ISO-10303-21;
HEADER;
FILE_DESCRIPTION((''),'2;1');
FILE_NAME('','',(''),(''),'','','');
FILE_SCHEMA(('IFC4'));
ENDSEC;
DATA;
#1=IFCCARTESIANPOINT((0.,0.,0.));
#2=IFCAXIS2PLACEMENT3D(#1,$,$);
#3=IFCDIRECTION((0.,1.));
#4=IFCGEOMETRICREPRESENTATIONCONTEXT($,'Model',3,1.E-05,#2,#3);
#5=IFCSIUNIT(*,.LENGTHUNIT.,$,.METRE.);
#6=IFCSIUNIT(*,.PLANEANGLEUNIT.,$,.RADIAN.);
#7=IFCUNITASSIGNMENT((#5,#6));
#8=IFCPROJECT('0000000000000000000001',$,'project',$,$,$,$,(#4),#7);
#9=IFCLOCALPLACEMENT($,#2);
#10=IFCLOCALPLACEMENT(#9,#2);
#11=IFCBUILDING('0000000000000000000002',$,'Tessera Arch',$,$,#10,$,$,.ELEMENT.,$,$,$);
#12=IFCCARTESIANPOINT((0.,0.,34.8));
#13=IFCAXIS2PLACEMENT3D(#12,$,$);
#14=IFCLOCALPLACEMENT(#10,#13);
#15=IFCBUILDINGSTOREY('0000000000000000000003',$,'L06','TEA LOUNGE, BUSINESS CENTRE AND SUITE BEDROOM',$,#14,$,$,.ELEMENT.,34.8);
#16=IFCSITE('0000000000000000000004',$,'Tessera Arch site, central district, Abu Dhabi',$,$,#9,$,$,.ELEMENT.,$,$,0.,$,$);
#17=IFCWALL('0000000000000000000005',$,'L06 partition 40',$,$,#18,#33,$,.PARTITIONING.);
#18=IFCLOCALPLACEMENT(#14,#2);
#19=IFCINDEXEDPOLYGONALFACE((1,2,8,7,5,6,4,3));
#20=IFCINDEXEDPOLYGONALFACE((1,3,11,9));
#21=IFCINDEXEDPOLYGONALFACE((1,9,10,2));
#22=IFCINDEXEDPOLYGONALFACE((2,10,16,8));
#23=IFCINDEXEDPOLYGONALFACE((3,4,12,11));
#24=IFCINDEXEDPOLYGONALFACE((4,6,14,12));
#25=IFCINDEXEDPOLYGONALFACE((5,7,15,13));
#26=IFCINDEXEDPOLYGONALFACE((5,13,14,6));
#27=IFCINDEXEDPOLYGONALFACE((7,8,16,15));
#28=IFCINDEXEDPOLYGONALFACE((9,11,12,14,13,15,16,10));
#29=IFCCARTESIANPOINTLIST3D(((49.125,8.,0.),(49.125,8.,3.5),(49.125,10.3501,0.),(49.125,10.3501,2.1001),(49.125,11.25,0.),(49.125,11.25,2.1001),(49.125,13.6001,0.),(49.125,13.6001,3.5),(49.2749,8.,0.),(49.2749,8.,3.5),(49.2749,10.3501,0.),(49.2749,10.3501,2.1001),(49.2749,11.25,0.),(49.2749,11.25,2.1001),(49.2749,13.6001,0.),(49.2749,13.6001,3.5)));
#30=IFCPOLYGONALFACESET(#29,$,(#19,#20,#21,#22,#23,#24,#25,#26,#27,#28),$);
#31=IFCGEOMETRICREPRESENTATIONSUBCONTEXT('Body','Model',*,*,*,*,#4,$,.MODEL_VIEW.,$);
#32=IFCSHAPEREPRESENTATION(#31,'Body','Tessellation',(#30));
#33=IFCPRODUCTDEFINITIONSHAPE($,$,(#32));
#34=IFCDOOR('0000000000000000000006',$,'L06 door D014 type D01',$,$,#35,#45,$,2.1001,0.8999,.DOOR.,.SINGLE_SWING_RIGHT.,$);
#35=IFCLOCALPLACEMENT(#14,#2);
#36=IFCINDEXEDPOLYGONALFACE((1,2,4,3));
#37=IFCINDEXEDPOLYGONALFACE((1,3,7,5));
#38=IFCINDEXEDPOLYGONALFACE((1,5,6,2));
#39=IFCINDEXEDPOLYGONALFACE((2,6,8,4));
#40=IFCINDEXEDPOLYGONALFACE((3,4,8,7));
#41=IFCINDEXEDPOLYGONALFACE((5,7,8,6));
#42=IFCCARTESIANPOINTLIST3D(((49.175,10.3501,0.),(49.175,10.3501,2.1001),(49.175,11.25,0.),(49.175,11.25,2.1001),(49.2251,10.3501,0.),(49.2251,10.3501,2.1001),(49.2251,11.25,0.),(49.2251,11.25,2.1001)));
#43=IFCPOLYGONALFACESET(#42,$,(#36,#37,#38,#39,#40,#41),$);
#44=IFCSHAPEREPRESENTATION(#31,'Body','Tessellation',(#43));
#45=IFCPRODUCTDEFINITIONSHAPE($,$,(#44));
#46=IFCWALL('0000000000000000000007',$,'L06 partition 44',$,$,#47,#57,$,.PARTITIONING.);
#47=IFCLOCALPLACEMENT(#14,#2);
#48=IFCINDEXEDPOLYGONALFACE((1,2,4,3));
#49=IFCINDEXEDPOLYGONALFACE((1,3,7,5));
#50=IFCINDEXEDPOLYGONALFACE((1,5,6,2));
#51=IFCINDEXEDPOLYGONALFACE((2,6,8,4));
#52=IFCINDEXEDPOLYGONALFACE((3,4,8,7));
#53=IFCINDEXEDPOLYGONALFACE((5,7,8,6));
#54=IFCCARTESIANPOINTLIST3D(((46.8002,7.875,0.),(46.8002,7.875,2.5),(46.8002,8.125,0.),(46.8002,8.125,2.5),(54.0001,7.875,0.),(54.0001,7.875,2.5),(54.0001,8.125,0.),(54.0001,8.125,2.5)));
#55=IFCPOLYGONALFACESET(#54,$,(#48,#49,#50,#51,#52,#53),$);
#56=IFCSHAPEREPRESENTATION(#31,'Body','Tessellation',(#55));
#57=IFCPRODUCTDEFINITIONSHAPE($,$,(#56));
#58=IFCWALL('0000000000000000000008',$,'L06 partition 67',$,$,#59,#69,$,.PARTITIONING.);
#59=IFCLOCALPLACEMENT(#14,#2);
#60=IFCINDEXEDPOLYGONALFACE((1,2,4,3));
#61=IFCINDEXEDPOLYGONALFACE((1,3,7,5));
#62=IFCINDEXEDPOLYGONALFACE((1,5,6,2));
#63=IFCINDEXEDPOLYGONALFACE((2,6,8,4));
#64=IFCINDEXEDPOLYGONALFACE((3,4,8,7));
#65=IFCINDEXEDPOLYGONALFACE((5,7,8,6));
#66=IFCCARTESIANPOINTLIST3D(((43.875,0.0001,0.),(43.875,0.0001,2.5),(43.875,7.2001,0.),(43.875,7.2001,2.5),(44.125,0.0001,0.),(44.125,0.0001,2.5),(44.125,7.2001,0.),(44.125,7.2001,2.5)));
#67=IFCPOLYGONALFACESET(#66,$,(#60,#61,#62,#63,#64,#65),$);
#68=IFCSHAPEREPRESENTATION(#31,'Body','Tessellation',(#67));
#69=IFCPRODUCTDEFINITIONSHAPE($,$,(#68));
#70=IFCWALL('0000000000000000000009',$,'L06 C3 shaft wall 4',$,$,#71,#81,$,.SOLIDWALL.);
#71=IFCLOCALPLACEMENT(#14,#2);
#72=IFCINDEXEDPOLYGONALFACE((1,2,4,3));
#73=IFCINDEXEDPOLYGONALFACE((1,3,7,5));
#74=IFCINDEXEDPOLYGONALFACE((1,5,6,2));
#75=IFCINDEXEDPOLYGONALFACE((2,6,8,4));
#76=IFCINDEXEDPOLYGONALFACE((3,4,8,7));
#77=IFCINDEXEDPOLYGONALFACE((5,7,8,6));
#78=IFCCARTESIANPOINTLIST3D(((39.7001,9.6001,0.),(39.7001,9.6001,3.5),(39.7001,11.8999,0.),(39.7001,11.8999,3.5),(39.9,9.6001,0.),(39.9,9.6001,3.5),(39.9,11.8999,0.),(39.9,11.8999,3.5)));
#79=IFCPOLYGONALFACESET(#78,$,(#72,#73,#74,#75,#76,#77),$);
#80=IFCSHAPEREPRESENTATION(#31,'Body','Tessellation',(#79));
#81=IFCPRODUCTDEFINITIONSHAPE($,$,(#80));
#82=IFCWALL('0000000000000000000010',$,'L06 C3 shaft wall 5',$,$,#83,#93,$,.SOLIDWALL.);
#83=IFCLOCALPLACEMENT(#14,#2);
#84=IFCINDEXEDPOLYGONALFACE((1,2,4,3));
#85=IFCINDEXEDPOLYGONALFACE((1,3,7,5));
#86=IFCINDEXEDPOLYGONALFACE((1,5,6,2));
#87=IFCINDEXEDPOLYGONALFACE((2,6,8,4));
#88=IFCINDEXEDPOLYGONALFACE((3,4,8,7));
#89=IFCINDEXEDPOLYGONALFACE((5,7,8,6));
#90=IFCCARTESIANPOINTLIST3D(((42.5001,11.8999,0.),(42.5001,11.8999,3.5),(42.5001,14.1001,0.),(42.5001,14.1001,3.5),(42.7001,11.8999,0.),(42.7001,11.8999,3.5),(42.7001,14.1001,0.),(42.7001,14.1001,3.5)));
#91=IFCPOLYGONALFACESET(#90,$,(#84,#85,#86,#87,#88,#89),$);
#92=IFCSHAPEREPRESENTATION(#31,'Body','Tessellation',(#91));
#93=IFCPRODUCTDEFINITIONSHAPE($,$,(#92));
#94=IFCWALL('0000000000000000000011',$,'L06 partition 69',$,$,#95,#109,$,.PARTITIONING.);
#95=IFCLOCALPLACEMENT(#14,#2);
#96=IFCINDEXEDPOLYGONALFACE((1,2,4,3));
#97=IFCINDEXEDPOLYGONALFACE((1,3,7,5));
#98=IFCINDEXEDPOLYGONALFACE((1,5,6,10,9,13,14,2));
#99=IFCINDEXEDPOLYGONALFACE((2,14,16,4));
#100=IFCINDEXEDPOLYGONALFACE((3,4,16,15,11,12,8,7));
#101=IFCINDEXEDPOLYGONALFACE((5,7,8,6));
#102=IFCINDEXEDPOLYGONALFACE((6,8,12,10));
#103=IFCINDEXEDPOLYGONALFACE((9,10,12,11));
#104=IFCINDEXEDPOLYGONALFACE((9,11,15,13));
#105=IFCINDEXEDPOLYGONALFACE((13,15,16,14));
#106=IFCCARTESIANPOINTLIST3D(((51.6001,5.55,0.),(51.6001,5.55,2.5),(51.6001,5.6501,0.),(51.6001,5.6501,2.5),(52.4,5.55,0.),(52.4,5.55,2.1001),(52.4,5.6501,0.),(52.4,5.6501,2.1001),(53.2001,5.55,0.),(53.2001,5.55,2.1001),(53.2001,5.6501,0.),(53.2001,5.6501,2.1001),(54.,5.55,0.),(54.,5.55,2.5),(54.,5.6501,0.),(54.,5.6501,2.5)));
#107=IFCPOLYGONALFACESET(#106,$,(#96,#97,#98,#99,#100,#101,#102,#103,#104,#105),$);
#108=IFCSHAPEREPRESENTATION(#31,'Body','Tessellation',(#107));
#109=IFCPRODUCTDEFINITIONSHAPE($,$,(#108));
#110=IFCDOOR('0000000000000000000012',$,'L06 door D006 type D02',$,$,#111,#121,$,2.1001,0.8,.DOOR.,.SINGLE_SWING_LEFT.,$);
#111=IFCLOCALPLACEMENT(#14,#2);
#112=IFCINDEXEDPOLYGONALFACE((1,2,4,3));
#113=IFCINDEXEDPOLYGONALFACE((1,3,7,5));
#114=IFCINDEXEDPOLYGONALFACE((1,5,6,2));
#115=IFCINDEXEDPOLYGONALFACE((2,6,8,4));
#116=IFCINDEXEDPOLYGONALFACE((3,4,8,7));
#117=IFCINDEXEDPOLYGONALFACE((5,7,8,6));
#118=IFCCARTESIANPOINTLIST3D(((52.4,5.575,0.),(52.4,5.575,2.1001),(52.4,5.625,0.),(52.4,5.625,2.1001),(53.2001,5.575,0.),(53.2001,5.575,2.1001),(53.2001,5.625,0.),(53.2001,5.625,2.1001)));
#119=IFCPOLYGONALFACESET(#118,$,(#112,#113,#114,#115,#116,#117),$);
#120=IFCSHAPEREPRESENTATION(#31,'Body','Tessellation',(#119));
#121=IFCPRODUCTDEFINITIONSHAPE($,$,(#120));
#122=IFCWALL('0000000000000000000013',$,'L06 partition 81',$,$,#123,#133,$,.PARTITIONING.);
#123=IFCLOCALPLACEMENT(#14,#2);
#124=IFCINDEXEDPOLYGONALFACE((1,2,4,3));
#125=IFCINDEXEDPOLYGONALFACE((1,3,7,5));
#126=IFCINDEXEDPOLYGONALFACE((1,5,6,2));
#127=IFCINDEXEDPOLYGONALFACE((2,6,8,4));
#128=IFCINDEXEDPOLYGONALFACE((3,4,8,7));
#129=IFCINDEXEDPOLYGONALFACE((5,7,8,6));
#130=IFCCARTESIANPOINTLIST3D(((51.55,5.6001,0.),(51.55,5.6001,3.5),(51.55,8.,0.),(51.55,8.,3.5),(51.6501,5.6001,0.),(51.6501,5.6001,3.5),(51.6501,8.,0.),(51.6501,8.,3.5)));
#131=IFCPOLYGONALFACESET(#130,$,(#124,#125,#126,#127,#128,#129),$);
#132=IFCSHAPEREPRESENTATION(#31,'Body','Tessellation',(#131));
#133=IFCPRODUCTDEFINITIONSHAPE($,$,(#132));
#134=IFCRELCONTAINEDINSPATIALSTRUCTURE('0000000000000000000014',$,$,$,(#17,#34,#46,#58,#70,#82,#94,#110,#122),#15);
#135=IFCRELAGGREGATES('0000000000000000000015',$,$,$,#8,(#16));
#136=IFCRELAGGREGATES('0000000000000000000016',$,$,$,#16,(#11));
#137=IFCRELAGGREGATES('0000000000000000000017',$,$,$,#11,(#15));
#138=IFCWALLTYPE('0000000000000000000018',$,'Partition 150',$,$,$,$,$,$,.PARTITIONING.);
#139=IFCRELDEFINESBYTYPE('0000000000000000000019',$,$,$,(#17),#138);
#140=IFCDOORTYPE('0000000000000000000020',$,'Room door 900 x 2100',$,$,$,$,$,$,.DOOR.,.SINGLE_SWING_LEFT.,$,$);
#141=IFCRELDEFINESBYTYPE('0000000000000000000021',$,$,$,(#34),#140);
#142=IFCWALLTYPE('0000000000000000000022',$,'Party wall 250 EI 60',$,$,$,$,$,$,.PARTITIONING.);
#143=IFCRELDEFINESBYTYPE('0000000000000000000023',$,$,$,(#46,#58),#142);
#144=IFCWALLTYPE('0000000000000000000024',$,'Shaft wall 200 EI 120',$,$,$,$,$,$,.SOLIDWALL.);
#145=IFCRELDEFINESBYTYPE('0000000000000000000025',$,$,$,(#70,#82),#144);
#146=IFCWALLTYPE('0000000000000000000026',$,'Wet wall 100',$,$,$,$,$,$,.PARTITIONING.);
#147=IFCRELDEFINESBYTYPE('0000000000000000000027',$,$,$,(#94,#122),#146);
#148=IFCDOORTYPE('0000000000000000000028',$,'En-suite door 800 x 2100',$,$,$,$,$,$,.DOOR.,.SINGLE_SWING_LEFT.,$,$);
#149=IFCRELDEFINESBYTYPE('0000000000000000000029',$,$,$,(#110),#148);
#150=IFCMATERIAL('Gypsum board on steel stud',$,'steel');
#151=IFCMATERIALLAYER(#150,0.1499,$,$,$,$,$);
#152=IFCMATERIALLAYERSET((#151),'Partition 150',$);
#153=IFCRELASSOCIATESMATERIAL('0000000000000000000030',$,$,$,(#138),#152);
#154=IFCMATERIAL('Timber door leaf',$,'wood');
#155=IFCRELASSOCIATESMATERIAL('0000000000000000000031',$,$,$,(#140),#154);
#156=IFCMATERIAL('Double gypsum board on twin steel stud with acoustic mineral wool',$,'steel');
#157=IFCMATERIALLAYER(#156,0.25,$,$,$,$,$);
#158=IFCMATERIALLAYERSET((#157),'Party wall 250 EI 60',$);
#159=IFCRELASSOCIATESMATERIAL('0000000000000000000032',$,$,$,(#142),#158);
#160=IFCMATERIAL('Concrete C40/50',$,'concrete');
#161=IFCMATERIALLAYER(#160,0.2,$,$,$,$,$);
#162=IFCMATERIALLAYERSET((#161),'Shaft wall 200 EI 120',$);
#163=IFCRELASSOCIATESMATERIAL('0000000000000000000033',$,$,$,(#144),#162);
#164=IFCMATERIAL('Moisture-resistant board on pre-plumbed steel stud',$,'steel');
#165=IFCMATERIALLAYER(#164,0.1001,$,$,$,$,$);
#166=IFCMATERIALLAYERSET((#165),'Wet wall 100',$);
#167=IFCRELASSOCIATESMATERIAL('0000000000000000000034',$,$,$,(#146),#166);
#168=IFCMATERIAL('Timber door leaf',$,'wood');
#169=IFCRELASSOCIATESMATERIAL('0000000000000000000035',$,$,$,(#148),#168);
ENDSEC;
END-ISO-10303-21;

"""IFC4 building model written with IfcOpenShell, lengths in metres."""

from ifc_helpers import new_model, si_unit, direction, frame, frame_2d, origin, place, context, subcontext, project, spatial, rectangle, extrude, material, layer, layer_set, type_object, element, fill, save


model = new_model("IFC4")

# Units and contexts
model_context = context("Model", 3, precision=1e-05, world=origin(), true_north=direction((0.0, 1.0)))
body_context = subcontext(model_context, "Body", "Model", "MODEL_VIEW")
ifc_project = project(units=[si_unit("LENGTHUNIT", "METRE"), si_unit("PLANEANGLEUNIT", "RADIAN")], contexts=[model_context])

# Site, building, storey
site_placement = place(None, origin())
site = spatial("IfcSite", under=ifc_project, at=site_placement, Name="Tessera Arch site, central district, Abu Dhabi", CompositionType="ELEMENT", RefElevation=0.0)
building_placement = place(site_placement, origin())
building = spatial("IfcBuilding", under=site, at=building_placement, Name="Tessera Arch", CompositionType="ELEMENT")
storey_placement = place(building_placement, frame((0.0, 0.0, 34.8)))
storey = spatial("IfcBuildingStorey", under=building, at=storey_placement, Name="L06", Description="TEA LOUNGE, BUSINESS CENTRE AND SUITE BEDROOM", CompositionType="ELEMENT", Elevation=34.8)

# Wall, opening, door
ifc_material_1 = material(Name="Gypsum board on steel stud", Category="steel")
ifc_layer_1 = layer(ifc_material_1, 0.1499)
ifc_layer_set_1 = layer_set([ifc_layer_1], Name="Partition 150")
wall_type_1 = type_object("IfcWallType", Name="Partition 150", PredefinedType="PARTITIONING", material=ifc_layer_set_1)
ifc_material_2 = material(Name="Timber door leaf", Category="wood")
door_type_1 = type_object("IfcDoorType", Name="Room door 900 x 2100", OperationType="SINGLE_SWING_LEFT", PredefinedType="DOOR", material=ifc_material_2)
wall_1_placement = place(storey_placement, frame((49.2, 8.0, 0.0), z_axis=(0.0, 0.0, 1.0), x_axis=(0.0, 1.0, 0.0)))
wall_1 = element("IfcWall", 1, at=wall_1_placement, inside=storey, type_object=wall_type_1, Name="L06 partition 40", PredefinedType="PARTITIONING", context=body_context, shape_type="SweptSolid", body=[
    extrude(rectangle(XDim=5.6001, YDim=0.1499, at=frame_2d((2.8, 0.0))), origin(), (0.0, 0.0, 1.0), 3.5),
])
opening_1_placement = place(wall_1_placement, frame((2.3501, 0.0, 0.0)))
opening_1 = element("IfcOpeningElement", 2, at=opening_1_placement, cuts=wall_1, PredefinedType="OPENING", context=body_context, shape_type="SweptSolid", body=[
    extrude(rectangle(XDim=0.8999, YDim=2.1001, at=frame_2d((0.45, 1.05))), frame((0.0, 0.085, 0.0), z_axis=(0.0, -1.0, 0.0), x_axis=(1.0, 0.0, 0.0)), (0.0, 0.0, 1.0), 0.1699),
])
door_1_placement = place(opening_1_placement, origin())
door_1 = element("IfcDoor", 3, at=door_1_placement, inside=storey, type_object=door_type_1, Name="L06 door D014 type D01", OperationType="SINGLE_SWING_RIGHT", OverallHeight=2.1001, OverallWidth=0.8999, PredefinedType="DOOR", context=body_context, shape_type="SweptSolid", body=[
    extrude(rectangle(XDim=0.8999, YDim=2.1001, at=frame_2d((0.45, 1.05))), frame((0.0, 0.0249, 0.0), z_axis=(0.0, -1.0, 0.0), x_axis=(1.0, 0.0, 0.0)), (0.0, 0.0, 1.0), 0.05),
])
fill(opening_1, door_1)

# Walls
ifc_material_3 = material(Name="Double gypsum board on twin steel stud with acoustic mineral wool", Category="steel")
ifc_layer_2 = layer(ifc_material_3, 0.25)
ifc_layer_set_2 = layer_set([ifc_layer_2], Name="Party wall 250 EI 60")
wall_type_2 = type_object("IfcWallType", Name="Party wall 250 EI 60", PredefinedType="PARTITIONING", material=ifc_layer_set_2)
for number, where, z_axis, x_axis, name in (
    (4, (46.8, 8.0, 0.0), (0.0, 0.0, 1.0), (1.0, 0.0, 0.0), "L06 partition 44"),
    (5, (44.0, 0.0, 0.0), (0.0, 0.0, 1.0), (0.0, 1.0, 0.0), "L06 partition 67"),
):
    element("IfcWall", number, at=place(storey_placement, frame(where, z_axis=z_axis, x_axis=x_axis)), inside=storey, type_object=wall_type_2, Name=name, PredefinedType="PARTITIONING", context=body_context, shape_type="SweptSolid", body=[
        extrude(rectangle(XDim=7.2, YDim=0.25, at=frame_2d((3.6001, 0.0))), origin(), (0.0, 0.0, 1.0), 2.5),
    ])
ifc_material_4 = material(Name="Concrete C40/50", Category="concrete")
ifc_layer_3 = layer(ifc_material_4, 0.2)
ifc_layer_set_3 = layer_set([ifc_layer_3], Name="Shaft wall 200 EI 120")
wall_type_3 = type_object("IfcWallType", Name="Shaft wall 200 EI 120", PredefinedType="SOLIDWALL", material=ifc_layer_set_3)
wall_2_placement = place(storey_placement, frame((39.8, 9.6001, 0.0), z_axis=(0.0, 0.0, 1.0), x_axis=(0.0, 1.0, 0.0)))
element("IfcWall", 6, at=wall_2_placement, inside=storey, type_object=wall_type_3, Name="L06 C3 shaft wall 4", PredefinedType="SOLIDWALL", context=body_context, shape_type="SweptSolid", body=[
    extrude(rectangle(XDim=2.2998, YDim=0.2, at=frame_2d((1.1499, 0.0))), origin(), (0.0, 0.0, 1.0), 3.5),
])
wall_3_placement = place(storey_placement, frame((42.6001, 11.8999, 0.0), z_axis=(0.0, 0.0, 1.0), x_axis=(0.0, 1.0, 0.0)))
element("IfcWall", 7, at=wall_3_placement, inside=storey, type_object=wall_type_3, Name="L06 C3 shaft wall 5", PredefinedType="SOLIDWALL", context=body_context, shape_type="SweptSolid", body=[
    extrude(rectangle(XDim=2.2002, YDim=0.2, at=frame_2d((1.1001, 0.0))), origin(), (0.0, 0.0, 1.0), 3.5),
])

# Wall, opening, door
ifc_material_5 = material(Name="Moisture-resistant board on pre-plumbed steel stud", Category="steel")
ifc_layer_4 = layer(ifc_material_5, 0.1001)
ifc_layer_set_4 = layer_set([ifc_layer_4], Name="Wet wall 100")
wall_type_4 = type_object("IfcWallType", Name="Wet wall 100", PredefinedType="PARTITIONING", material=ifc_layer_set_4)
wall_4_placement = place(storey_placement, frame((51.6001, 5.6001, 0.0), z_axis=(0.0, 0.0, 1.0), x_axis=(1.0, 0.0, 0.0)))
wall_4 = element("IfcWall", 8, at=wall_4_placement, inside=storey, type_object=wall_type_4, Name="L06 partition 69", PredefinedType="PARTITIONING", context=body_context, shape_type="SweptSolid", body=[
    extrude(rectangle(XDim=2.3999, YDim=0.1001, at=frame_2d((1.2, 0.0))), origin(), (0.0, 0.0, 1.0), 2.5),
])
opening_2_placement = place(wall_4_placement, frame((0.8, 0.0, 0.0)))
opening_2 = element("IfcOpeningElement", 9, at=opening_2_placement, cuts=wall_4, PredefinedType="OPENING", context=body_context, shape_type="SweptSolid", body=[
    extrude(rectangle(XDim=0.8, YDim=2.1001, at=frame_2d((0.3999, 1.05))), frame((0.0, 0.0601, 0.0), z_axis=(0.0, -1.0, 0.0), x_axis=(1.0, 0.0, 0.0)), (0.0, 0.0, 1.0), 0.1201),
])
ifc_material_6 = material(Name="Timber door leaf", Category="wood")
door_type_2 = type_object("IfcDoorType", Name="En-suite door 800 x 2100", OperationType="SINGLE_SWING_LEFT", PredefinedType="DOOR", material=ifc_material_6)
door_2_placement = place(opening_2_placement, origin())
door_2 = element("IfcDoor", 10, at=door_2_placement, inside=storey, type_object=door_type_2, Name="L06 door D006 type D02", OperationType="SINGLE_SWING_LEFT", OverallHeight=2.1001, OverallWidth=0.8, PredefinedType="DOOR", context=body_context, shape_type="SweptSolid", body=[
    extrude(rectangle(XDim=0.8, YDim=2.1001, at=frame_2d((0.3999, 1.05))), frame((0.0, 0.0249, 0.0), z_axis=(0.0, -1.0, 0.0), x_axis=(1.0, 0.0, 0.0)), (0.0, 0.0, 1.0), 0.05),
])
fill(opening_2, door_2)

# Wall
wall_5_placement = place(storey_placement, frame((51.6001, 5.6001, 0.0), z_axis=(0.0, 0.0, 1.0), x_axis=(0.0, 1.0, 0.0)))
element("IfcWall", 11, at=wall_5_placement, inside=storey, type_object=wall_type_4, Name="L06 partition 81", PredefinedType="PARTITIONING", context=body_context, shape_type="SweptSolid", body=[
    extrude(rectangle(XDim=2.3999, YDim=0.1001, at=frame_2d((1.2, 0.0))), origin(), (0.0, 0.0, 1.0), 3.5),
])

save(model, "model.ifc")
